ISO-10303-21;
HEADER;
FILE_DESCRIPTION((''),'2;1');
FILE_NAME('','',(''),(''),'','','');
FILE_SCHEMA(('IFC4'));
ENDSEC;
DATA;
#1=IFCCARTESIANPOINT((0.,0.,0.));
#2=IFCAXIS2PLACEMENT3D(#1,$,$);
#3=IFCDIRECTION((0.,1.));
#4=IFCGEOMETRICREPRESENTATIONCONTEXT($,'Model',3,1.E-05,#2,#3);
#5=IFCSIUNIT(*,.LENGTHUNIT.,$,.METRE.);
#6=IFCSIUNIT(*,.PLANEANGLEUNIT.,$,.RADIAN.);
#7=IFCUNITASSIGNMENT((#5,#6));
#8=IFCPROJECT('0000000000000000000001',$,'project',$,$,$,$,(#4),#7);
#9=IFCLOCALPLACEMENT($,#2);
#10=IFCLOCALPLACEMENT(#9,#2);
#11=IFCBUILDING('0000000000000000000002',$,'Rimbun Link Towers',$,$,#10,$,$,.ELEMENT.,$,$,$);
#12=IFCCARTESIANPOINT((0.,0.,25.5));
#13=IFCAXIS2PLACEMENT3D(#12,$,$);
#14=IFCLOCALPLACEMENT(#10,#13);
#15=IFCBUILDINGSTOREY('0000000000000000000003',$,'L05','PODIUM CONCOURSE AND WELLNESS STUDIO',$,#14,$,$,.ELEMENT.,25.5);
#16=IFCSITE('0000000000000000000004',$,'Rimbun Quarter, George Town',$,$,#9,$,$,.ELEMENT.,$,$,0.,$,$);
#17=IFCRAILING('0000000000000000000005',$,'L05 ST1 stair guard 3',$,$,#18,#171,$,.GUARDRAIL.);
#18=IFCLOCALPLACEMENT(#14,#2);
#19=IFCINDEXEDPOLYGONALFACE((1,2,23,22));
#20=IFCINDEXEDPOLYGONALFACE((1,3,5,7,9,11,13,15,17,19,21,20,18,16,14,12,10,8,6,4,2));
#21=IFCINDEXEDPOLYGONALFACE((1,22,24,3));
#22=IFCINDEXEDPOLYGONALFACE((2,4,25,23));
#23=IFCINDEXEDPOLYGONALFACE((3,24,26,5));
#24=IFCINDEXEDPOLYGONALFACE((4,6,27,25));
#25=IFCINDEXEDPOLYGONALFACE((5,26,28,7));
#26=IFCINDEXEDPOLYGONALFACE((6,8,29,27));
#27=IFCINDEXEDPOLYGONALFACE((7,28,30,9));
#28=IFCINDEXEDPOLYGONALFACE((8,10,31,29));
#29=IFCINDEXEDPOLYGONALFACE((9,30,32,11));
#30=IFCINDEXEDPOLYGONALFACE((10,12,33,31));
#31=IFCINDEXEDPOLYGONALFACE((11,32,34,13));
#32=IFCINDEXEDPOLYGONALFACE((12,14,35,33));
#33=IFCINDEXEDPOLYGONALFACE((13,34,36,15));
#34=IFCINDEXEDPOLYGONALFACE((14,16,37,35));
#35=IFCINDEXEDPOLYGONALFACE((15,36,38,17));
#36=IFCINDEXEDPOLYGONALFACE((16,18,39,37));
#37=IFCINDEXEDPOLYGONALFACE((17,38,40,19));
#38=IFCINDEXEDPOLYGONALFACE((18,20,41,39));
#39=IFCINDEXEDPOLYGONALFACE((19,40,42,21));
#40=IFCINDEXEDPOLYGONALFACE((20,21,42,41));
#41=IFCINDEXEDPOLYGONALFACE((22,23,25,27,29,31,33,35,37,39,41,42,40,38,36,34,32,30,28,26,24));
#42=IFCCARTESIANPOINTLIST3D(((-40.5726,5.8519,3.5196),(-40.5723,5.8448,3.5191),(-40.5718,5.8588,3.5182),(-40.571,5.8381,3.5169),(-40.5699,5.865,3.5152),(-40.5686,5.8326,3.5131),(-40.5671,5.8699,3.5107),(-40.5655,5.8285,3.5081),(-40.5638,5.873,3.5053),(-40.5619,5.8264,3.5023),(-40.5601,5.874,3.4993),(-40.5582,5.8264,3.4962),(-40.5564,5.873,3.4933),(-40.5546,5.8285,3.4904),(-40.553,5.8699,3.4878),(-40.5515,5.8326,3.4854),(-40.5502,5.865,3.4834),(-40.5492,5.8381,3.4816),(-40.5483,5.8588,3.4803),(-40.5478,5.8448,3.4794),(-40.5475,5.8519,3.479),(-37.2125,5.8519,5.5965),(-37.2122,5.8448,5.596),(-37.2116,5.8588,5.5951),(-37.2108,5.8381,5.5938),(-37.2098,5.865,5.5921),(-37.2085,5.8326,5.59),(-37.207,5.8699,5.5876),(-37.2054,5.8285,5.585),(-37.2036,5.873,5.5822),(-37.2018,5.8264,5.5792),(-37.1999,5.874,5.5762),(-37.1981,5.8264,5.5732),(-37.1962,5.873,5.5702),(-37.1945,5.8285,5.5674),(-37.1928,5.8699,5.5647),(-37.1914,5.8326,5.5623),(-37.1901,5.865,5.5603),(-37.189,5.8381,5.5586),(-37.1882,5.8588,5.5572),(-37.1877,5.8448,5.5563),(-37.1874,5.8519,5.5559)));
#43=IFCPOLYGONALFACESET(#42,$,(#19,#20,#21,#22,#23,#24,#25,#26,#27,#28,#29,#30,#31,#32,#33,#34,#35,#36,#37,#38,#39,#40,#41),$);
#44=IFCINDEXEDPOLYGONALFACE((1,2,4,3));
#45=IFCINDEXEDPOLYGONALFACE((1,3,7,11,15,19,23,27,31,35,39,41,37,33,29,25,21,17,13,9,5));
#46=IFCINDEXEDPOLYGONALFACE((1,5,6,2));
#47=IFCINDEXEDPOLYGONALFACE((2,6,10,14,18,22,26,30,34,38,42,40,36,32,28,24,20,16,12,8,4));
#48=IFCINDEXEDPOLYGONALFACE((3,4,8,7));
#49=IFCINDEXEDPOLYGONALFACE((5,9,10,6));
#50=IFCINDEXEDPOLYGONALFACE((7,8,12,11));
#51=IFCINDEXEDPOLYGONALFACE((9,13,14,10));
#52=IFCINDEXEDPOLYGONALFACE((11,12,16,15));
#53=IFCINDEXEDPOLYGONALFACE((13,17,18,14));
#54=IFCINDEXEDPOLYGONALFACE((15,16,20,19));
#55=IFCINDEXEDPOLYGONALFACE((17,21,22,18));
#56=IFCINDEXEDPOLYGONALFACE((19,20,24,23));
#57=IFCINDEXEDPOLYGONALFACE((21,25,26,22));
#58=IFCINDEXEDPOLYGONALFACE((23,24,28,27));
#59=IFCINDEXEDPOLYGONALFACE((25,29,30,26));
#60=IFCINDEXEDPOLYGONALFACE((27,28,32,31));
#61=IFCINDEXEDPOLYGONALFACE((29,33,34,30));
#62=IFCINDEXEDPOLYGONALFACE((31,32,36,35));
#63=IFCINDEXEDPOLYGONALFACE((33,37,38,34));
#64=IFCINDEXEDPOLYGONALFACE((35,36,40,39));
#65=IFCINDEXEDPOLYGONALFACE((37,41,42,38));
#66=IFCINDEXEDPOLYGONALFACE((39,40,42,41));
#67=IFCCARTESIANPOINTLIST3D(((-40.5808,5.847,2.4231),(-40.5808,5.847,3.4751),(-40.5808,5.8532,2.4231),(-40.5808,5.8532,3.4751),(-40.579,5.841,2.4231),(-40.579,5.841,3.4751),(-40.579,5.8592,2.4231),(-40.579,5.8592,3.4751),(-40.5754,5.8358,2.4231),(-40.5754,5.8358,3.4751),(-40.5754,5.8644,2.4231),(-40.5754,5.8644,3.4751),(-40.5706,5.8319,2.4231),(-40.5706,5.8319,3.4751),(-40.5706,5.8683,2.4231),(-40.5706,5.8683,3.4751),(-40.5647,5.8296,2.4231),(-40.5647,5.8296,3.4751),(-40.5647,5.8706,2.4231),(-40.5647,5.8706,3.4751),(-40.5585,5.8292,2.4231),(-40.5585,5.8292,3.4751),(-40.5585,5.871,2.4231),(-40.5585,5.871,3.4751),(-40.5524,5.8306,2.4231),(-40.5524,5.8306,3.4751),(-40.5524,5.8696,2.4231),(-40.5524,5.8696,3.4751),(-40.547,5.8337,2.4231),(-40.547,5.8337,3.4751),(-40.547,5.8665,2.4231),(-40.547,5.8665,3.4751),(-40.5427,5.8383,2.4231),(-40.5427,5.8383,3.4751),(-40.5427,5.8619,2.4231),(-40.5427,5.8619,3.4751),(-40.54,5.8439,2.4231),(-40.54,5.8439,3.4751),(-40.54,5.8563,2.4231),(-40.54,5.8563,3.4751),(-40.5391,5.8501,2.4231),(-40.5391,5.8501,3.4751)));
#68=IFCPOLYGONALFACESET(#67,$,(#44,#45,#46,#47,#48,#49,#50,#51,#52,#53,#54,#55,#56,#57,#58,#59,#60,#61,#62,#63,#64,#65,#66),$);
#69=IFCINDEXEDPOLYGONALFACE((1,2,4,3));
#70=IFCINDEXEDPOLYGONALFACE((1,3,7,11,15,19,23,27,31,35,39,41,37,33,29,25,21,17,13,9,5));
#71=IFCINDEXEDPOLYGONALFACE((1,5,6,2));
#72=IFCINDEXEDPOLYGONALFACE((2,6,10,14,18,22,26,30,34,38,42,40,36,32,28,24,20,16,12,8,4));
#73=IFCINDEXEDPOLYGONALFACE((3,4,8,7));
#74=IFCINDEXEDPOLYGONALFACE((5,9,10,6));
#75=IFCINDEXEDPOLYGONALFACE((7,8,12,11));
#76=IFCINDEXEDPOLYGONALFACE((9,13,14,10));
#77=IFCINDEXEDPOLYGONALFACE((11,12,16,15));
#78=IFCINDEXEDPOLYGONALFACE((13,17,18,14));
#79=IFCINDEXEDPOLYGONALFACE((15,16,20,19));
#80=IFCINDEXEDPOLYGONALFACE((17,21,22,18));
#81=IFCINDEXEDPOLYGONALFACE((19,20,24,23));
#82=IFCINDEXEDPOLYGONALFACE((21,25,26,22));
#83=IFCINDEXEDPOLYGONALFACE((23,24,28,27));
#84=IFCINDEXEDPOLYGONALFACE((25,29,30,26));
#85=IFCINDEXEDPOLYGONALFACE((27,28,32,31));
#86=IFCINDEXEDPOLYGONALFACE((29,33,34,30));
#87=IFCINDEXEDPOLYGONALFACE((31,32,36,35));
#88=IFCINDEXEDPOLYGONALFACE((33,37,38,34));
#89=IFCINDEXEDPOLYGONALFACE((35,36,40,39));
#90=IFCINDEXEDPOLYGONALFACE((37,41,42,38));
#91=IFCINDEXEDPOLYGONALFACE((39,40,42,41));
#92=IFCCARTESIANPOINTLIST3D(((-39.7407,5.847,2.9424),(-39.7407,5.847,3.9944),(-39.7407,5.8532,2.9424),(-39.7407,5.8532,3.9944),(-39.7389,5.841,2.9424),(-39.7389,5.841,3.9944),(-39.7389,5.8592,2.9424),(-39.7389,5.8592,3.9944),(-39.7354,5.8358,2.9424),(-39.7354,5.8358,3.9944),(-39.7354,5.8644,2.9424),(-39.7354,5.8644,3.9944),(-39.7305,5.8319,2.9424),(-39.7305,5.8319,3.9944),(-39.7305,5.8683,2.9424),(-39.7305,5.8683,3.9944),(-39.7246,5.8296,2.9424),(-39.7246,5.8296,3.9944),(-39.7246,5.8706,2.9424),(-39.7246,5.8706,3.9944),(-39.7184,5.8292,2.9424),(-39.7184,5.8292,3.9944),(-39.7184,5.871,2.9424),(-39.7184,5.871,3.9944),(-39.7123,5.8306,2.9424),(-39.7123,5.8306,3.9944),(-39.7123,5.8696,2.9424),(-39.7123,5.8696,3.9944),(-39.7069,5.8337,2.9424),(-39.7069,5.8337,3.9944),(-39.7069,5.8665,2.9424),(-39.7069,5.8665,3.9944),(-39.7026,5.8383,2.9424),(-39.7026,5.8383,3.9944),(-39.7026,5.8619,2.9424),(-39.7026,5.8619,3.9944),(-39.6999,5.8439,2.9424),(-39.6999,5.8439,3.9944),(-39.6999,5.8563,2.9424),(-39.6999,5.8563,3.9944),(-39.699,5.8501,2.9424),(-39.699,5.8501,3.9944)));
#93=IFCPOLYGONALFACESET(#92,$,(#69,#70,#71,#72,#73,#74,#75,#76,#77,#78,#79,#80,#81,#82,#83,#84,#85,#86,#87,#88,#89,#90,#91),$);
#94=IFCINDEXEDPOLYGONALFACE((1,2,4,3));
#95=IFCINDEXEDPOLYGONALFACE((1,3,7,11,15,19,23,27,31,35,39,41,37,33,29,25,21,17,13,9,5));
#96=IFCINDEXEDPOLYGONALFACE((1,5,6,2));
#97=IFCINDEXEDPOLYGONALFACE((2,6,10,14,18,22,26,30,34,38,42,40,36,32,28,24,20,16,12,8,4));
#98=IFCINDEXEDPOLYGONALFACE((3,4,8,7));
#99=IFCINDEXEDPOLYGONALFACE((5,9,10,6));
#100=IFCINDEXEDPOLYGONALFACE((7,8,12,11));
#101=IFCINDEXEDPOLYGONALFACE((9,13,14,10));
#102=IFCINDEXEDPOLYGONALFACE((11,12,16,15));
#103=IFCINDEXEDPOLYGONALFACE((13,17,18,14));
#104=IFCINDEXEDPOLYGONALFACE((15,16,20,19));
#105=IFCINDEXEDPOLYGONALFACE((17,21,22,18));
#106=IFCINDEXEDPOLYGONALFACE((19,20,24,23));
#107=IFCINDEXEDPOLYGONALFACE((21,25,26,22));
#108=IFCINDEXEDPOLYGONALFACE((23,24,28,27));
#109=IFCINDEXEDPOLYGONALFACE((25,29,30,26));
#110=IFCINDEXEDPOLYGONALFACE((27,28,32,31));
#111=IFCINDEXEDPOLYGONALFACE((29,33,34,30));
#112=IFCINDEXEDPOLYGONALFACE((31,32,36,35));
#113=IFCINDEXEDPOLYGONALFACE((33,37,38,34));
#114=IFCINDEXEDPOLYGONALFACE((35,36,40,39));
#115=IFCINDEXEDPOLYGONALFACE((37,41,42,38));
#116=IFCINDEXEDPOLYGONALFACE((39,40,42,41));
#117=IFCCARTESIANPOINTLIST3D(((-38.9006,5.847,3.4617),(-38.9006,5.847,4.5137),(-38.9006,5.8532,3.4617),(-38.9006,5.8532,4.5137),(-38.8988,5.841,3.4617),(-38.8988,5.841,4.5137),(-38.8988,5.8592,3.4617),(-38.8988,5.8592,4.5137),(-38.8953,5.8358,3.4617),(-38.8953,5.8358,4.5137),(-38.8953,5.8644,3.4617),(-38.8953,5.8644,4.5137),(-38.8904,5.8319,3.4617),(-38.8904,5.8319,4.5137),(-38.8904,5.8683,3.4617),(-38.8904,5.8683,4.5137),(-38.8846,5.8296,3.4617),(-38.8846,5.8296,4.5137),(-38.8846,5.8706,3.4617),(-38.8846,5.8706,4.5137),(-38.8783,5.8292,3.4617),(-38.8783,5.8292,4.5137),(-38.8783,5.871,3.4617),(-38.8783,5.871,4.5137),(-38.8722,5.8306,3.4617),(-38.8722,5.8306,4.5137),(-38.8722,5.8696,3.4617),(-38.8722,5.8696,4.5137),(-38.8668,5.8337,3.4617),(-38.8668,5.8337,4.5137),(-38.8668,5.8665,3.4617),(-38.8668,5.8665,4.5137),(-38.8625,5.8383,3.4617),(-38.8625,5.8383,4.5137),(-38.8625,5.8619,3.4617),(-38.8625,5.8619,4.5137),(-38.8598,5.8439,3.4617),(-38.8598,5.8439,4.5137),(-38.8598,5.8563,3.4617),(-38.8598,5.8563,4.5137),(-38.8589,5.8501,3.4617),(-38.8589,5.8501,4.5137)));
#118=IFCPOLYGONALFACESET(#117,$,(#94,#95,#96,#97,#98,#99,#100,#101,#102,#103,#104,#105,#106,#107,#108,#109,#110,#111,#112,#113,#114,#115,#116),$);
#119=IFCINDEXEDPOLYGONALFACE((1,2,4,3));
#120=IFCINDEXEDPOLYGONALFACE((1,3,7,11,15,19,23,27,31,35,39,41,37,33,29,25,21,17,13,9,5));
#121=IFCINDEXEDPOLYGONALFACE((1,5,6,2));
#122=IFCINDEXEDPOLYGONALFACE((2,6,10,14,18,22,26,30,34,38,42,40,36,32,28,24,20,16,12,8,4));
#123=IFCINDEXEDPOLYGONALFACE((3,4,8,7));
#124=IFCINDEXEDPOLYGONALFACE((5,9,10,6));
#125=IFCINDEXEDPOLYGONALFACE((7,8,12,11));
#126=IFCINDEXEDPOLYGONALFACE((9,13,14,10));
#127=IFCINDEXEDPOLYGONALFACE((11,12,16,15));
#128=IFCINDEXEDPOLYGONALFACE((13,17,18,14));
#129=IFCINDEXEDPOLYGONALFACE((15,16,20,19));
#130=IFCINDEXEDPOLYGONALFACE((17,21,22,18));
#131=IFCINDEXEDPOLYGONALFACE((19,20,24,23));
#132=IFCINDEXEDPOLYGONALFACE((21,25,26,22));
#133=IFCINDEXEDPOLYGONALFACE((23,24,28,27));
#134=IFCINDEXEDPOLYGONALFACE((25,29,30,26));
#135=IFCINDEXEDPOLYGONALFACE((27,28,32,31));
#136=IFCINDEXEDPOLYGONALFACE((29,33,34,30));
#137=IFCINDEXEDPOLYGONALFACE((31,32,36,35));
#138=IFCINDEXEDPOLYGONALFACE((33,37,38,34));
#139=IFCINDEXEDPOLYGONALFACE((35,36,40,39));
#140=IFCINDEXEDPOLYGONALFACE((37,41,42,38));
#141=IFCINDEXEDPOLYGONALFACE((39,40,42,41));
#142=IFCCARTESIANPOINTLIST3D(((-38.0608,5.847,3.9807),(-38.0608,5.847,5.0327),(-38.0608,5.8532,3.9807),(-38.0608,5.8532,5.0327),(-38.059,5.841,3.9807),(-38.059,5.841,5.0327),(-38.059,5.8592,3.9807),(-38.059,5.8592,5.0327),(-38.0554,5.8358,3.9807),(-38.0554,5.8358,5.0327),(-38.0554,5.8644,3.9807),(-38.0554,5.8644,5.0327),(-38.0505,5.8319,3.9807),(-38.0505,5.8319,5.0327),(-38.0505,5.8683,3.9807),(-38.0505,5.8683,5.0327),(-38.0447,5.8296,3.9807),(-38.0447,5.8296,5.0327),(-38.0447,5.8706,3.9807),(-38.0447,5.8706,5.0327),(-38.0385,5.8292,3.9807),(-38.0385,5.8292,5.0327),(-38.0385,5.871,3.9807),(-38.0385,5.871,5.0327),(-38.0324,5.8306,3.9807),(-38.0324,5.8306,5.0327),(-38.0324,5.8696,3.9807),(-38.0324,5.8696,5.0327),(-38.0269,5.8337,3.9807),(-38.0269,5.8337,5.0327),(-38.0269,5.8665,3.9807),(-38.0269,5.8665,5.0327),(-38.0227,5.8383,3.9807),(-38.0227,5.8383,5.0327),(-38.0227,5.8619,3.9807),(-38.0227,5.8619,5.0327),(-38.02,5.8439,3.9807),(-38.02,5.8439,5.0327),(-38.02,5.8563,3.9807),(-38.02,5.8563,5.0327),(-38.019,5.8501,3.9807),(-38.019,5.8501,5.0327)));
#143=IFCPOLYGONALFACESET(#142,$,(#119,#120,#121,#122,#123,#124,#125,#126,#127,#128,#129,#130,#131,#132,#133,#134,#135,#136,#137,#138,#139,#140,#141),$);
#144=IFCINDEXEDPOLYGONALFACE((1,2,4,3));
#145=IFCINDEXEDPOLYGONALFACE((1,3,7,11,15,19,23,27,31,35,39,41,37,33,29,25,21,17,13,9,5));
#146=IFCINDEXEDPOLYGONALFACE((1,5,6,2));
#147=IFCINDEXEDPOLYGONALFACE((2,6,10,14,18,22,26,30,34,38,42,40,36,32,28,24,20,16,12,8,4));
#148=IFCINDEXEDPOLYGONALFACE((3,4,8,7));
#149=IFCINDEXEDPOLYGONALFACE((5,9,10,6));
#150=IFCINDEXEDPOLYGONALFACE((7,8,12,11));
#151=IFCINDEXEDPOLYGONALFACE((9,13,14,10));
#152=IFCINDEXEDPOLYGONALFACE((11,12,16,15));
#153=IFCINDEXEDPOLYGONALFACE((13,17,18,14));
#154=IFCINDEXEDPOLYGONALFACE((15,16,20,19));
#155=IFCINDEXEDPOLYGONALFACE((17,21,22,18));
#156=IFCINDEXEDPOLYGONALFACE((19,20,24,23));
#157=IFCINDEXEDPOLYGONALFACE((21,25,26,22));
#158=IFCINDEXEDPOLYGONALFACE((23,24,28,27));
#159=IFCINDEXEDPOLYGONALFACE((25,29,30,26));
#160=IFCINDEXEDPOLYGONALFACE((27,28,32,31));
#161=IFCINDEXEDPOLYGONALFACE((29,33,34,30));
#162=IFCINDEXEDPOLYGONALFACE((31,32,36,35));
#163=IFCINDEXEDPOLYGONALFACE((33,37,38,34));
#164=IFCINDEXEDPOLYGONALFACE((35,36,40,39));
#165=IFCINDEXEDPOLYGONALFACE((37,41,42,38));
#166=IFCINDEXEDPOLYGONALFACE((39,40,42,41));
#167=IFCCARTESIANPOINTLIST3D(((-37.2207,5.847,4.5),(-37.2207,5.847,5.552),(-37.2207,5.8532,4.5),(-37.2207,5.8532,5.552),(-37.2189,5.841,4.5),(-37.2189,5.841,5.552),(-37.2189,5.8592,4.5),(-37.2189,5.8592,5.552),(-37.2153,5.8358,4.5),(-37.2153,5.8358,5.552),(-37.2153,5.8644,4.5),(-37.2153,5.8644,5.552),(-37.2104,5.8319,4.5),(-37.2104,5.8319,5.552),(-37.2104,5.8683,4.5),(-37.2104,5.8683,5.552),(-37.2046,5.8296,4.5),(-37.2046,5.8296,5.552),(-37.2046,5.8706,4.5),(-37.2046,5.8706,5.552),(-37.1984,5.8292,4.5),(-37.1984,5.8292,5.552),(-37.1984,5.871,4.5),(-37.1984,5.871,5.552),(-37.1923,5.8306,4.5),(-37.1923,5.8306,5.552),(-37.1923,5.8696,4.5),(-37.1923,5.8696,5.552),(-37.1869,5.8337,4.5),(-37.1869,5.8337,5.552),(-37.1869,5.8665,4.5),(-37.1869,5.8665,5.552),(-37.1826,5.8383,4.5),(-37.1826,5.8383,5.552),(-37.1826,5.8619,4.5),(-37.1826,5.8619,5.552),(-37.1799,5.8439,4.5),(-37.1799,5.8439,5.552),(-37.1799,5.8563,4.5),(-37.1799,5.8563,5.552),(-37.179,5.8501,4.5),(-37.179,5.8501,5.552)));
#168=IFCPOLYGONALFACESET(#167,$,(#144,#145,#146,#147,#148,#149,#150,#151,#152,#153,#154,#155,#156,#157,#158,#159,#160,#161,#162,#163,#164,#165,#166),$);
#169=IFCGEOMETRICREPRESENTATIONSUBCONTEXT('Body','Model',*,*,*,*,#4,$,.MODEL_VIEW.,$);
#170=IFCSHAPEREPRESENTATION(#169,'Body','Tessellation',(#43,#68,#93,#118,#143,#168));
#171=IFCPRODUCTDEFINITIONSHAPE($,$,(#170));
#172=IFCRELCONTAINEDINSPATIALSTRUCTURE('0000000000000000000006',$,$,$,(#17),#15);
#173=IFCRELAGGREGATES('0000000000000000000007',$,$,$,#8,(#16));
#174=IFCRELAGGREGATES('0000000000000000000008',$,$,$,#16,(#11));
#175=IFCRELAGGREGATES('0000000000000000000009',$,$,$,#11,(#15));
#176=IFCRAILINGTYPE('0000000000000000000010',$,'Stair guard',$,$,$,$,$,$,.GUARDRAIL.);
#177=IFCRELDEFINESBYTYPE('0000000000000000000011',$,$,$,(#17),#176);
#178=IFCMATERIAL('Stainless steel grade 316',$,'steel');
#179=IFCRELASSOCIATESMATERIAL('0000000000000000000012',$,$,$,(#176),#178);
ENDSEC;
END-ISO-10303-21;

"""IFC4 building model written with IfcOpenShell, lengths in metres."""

from ifc_helpers import new_model, si_unit, direction, frame, origin, origin_2d, place, context, subcontext, project, spatial, circle, extrude, material, type_object, element, save


model = new_model("IFC4")

# Units and contexts
model_context = context("Model", 3, precision=1e-05, world=origin(), true_north=direction((0.0, 1.0)))
body_context = subcontext(model_context, "Body", "Model", "MODEL_VIEW")
ifc_project = project(units=[si_unit("LENGTHUNIT", "METRE"), si_unit("PLANEANGLEUNIT", "RADIAN")], contexts=[model_context])

# Site, building, storey
site_placement = place(None, origin())
site = spatial("IfcSite", under=ifc_project, at=site_placement, Name="Rimbun Quarter, George Town", CompositionType="ELEMENT", RefElevation=0.0)
building_placement = place(site_placement, origin())
building = spatial("IfcBuilding", under=site, at=building_placement, Name="Rimbun Link Towers", CompositionType="ELEMENT")
storey_placement = place(building_placement, frame((0.0, 0.0, 25.5)))
storey = spatial("IfcBuildingStorey", under=building, at=storey_placement, Name="L05", Description="PODIUM CONCOURSE AND WELLNESS STUDIO", CompositionType="ELEMENT", Elevation=25.5)

# Railing
ifc_material_1 = material(Name="Stainless steel grade 316", Category="steel")
railing_type_1 = type_object("IfcRailingType", Name="Stair guard", PredefinedType="GUARDRAIL", material=ifc_material_1)
railing_1_placement = place(storey_placement, frame((-40.5601, 5.8501, 2.4231)))
element("IfcRailing", 1, at=railing_1_placement, inside=storey, type_object=railing_type_1, Name="L05 ST1 stair guard 3", PredefinedType="GUARDRAIL", context=body_context, shape_type="SweptSolid", body=[
    extrude(circle(Radius=0.0239, at=origin_2d()), frame((0.0, 0.0, 1.0762), z_axis=(0.850623, 0.0, 0.525776), x_axis=(0.0, 1.0, 0.0)), (0.0, 0.0, 1.0), 3.9502),
    extrude(circle(Radius=0.021, at=origin_2d()), origin(), (0.0, 0.0, 1.0), 1.052),
    extrude(circle(Radius=0.021, at=origin_2d()), frame((0.8401, 0.0, 0.5193)), (0.0, 0.0, 1.0), 1.052),
    extrude(circle(Radius=0.021, at=origin_2d()), frame((1.6802, 0.0, 1.0386)), (0.0, 0.0, 1.0), 1.052),
    extrude(circle(Radius=0.021, at=origin_2d()), frame((2.52, 0.0, 1.5576)), (0.0, 0.0, 1.0), 1.052),
    extrude(circle(Radius=0.021, at=origin_2d()), frame((3.3601, 0.0, 2.0769)), (0.0, 0.0, 1.0), 1.052),
])

save(model, "model.ifc")
